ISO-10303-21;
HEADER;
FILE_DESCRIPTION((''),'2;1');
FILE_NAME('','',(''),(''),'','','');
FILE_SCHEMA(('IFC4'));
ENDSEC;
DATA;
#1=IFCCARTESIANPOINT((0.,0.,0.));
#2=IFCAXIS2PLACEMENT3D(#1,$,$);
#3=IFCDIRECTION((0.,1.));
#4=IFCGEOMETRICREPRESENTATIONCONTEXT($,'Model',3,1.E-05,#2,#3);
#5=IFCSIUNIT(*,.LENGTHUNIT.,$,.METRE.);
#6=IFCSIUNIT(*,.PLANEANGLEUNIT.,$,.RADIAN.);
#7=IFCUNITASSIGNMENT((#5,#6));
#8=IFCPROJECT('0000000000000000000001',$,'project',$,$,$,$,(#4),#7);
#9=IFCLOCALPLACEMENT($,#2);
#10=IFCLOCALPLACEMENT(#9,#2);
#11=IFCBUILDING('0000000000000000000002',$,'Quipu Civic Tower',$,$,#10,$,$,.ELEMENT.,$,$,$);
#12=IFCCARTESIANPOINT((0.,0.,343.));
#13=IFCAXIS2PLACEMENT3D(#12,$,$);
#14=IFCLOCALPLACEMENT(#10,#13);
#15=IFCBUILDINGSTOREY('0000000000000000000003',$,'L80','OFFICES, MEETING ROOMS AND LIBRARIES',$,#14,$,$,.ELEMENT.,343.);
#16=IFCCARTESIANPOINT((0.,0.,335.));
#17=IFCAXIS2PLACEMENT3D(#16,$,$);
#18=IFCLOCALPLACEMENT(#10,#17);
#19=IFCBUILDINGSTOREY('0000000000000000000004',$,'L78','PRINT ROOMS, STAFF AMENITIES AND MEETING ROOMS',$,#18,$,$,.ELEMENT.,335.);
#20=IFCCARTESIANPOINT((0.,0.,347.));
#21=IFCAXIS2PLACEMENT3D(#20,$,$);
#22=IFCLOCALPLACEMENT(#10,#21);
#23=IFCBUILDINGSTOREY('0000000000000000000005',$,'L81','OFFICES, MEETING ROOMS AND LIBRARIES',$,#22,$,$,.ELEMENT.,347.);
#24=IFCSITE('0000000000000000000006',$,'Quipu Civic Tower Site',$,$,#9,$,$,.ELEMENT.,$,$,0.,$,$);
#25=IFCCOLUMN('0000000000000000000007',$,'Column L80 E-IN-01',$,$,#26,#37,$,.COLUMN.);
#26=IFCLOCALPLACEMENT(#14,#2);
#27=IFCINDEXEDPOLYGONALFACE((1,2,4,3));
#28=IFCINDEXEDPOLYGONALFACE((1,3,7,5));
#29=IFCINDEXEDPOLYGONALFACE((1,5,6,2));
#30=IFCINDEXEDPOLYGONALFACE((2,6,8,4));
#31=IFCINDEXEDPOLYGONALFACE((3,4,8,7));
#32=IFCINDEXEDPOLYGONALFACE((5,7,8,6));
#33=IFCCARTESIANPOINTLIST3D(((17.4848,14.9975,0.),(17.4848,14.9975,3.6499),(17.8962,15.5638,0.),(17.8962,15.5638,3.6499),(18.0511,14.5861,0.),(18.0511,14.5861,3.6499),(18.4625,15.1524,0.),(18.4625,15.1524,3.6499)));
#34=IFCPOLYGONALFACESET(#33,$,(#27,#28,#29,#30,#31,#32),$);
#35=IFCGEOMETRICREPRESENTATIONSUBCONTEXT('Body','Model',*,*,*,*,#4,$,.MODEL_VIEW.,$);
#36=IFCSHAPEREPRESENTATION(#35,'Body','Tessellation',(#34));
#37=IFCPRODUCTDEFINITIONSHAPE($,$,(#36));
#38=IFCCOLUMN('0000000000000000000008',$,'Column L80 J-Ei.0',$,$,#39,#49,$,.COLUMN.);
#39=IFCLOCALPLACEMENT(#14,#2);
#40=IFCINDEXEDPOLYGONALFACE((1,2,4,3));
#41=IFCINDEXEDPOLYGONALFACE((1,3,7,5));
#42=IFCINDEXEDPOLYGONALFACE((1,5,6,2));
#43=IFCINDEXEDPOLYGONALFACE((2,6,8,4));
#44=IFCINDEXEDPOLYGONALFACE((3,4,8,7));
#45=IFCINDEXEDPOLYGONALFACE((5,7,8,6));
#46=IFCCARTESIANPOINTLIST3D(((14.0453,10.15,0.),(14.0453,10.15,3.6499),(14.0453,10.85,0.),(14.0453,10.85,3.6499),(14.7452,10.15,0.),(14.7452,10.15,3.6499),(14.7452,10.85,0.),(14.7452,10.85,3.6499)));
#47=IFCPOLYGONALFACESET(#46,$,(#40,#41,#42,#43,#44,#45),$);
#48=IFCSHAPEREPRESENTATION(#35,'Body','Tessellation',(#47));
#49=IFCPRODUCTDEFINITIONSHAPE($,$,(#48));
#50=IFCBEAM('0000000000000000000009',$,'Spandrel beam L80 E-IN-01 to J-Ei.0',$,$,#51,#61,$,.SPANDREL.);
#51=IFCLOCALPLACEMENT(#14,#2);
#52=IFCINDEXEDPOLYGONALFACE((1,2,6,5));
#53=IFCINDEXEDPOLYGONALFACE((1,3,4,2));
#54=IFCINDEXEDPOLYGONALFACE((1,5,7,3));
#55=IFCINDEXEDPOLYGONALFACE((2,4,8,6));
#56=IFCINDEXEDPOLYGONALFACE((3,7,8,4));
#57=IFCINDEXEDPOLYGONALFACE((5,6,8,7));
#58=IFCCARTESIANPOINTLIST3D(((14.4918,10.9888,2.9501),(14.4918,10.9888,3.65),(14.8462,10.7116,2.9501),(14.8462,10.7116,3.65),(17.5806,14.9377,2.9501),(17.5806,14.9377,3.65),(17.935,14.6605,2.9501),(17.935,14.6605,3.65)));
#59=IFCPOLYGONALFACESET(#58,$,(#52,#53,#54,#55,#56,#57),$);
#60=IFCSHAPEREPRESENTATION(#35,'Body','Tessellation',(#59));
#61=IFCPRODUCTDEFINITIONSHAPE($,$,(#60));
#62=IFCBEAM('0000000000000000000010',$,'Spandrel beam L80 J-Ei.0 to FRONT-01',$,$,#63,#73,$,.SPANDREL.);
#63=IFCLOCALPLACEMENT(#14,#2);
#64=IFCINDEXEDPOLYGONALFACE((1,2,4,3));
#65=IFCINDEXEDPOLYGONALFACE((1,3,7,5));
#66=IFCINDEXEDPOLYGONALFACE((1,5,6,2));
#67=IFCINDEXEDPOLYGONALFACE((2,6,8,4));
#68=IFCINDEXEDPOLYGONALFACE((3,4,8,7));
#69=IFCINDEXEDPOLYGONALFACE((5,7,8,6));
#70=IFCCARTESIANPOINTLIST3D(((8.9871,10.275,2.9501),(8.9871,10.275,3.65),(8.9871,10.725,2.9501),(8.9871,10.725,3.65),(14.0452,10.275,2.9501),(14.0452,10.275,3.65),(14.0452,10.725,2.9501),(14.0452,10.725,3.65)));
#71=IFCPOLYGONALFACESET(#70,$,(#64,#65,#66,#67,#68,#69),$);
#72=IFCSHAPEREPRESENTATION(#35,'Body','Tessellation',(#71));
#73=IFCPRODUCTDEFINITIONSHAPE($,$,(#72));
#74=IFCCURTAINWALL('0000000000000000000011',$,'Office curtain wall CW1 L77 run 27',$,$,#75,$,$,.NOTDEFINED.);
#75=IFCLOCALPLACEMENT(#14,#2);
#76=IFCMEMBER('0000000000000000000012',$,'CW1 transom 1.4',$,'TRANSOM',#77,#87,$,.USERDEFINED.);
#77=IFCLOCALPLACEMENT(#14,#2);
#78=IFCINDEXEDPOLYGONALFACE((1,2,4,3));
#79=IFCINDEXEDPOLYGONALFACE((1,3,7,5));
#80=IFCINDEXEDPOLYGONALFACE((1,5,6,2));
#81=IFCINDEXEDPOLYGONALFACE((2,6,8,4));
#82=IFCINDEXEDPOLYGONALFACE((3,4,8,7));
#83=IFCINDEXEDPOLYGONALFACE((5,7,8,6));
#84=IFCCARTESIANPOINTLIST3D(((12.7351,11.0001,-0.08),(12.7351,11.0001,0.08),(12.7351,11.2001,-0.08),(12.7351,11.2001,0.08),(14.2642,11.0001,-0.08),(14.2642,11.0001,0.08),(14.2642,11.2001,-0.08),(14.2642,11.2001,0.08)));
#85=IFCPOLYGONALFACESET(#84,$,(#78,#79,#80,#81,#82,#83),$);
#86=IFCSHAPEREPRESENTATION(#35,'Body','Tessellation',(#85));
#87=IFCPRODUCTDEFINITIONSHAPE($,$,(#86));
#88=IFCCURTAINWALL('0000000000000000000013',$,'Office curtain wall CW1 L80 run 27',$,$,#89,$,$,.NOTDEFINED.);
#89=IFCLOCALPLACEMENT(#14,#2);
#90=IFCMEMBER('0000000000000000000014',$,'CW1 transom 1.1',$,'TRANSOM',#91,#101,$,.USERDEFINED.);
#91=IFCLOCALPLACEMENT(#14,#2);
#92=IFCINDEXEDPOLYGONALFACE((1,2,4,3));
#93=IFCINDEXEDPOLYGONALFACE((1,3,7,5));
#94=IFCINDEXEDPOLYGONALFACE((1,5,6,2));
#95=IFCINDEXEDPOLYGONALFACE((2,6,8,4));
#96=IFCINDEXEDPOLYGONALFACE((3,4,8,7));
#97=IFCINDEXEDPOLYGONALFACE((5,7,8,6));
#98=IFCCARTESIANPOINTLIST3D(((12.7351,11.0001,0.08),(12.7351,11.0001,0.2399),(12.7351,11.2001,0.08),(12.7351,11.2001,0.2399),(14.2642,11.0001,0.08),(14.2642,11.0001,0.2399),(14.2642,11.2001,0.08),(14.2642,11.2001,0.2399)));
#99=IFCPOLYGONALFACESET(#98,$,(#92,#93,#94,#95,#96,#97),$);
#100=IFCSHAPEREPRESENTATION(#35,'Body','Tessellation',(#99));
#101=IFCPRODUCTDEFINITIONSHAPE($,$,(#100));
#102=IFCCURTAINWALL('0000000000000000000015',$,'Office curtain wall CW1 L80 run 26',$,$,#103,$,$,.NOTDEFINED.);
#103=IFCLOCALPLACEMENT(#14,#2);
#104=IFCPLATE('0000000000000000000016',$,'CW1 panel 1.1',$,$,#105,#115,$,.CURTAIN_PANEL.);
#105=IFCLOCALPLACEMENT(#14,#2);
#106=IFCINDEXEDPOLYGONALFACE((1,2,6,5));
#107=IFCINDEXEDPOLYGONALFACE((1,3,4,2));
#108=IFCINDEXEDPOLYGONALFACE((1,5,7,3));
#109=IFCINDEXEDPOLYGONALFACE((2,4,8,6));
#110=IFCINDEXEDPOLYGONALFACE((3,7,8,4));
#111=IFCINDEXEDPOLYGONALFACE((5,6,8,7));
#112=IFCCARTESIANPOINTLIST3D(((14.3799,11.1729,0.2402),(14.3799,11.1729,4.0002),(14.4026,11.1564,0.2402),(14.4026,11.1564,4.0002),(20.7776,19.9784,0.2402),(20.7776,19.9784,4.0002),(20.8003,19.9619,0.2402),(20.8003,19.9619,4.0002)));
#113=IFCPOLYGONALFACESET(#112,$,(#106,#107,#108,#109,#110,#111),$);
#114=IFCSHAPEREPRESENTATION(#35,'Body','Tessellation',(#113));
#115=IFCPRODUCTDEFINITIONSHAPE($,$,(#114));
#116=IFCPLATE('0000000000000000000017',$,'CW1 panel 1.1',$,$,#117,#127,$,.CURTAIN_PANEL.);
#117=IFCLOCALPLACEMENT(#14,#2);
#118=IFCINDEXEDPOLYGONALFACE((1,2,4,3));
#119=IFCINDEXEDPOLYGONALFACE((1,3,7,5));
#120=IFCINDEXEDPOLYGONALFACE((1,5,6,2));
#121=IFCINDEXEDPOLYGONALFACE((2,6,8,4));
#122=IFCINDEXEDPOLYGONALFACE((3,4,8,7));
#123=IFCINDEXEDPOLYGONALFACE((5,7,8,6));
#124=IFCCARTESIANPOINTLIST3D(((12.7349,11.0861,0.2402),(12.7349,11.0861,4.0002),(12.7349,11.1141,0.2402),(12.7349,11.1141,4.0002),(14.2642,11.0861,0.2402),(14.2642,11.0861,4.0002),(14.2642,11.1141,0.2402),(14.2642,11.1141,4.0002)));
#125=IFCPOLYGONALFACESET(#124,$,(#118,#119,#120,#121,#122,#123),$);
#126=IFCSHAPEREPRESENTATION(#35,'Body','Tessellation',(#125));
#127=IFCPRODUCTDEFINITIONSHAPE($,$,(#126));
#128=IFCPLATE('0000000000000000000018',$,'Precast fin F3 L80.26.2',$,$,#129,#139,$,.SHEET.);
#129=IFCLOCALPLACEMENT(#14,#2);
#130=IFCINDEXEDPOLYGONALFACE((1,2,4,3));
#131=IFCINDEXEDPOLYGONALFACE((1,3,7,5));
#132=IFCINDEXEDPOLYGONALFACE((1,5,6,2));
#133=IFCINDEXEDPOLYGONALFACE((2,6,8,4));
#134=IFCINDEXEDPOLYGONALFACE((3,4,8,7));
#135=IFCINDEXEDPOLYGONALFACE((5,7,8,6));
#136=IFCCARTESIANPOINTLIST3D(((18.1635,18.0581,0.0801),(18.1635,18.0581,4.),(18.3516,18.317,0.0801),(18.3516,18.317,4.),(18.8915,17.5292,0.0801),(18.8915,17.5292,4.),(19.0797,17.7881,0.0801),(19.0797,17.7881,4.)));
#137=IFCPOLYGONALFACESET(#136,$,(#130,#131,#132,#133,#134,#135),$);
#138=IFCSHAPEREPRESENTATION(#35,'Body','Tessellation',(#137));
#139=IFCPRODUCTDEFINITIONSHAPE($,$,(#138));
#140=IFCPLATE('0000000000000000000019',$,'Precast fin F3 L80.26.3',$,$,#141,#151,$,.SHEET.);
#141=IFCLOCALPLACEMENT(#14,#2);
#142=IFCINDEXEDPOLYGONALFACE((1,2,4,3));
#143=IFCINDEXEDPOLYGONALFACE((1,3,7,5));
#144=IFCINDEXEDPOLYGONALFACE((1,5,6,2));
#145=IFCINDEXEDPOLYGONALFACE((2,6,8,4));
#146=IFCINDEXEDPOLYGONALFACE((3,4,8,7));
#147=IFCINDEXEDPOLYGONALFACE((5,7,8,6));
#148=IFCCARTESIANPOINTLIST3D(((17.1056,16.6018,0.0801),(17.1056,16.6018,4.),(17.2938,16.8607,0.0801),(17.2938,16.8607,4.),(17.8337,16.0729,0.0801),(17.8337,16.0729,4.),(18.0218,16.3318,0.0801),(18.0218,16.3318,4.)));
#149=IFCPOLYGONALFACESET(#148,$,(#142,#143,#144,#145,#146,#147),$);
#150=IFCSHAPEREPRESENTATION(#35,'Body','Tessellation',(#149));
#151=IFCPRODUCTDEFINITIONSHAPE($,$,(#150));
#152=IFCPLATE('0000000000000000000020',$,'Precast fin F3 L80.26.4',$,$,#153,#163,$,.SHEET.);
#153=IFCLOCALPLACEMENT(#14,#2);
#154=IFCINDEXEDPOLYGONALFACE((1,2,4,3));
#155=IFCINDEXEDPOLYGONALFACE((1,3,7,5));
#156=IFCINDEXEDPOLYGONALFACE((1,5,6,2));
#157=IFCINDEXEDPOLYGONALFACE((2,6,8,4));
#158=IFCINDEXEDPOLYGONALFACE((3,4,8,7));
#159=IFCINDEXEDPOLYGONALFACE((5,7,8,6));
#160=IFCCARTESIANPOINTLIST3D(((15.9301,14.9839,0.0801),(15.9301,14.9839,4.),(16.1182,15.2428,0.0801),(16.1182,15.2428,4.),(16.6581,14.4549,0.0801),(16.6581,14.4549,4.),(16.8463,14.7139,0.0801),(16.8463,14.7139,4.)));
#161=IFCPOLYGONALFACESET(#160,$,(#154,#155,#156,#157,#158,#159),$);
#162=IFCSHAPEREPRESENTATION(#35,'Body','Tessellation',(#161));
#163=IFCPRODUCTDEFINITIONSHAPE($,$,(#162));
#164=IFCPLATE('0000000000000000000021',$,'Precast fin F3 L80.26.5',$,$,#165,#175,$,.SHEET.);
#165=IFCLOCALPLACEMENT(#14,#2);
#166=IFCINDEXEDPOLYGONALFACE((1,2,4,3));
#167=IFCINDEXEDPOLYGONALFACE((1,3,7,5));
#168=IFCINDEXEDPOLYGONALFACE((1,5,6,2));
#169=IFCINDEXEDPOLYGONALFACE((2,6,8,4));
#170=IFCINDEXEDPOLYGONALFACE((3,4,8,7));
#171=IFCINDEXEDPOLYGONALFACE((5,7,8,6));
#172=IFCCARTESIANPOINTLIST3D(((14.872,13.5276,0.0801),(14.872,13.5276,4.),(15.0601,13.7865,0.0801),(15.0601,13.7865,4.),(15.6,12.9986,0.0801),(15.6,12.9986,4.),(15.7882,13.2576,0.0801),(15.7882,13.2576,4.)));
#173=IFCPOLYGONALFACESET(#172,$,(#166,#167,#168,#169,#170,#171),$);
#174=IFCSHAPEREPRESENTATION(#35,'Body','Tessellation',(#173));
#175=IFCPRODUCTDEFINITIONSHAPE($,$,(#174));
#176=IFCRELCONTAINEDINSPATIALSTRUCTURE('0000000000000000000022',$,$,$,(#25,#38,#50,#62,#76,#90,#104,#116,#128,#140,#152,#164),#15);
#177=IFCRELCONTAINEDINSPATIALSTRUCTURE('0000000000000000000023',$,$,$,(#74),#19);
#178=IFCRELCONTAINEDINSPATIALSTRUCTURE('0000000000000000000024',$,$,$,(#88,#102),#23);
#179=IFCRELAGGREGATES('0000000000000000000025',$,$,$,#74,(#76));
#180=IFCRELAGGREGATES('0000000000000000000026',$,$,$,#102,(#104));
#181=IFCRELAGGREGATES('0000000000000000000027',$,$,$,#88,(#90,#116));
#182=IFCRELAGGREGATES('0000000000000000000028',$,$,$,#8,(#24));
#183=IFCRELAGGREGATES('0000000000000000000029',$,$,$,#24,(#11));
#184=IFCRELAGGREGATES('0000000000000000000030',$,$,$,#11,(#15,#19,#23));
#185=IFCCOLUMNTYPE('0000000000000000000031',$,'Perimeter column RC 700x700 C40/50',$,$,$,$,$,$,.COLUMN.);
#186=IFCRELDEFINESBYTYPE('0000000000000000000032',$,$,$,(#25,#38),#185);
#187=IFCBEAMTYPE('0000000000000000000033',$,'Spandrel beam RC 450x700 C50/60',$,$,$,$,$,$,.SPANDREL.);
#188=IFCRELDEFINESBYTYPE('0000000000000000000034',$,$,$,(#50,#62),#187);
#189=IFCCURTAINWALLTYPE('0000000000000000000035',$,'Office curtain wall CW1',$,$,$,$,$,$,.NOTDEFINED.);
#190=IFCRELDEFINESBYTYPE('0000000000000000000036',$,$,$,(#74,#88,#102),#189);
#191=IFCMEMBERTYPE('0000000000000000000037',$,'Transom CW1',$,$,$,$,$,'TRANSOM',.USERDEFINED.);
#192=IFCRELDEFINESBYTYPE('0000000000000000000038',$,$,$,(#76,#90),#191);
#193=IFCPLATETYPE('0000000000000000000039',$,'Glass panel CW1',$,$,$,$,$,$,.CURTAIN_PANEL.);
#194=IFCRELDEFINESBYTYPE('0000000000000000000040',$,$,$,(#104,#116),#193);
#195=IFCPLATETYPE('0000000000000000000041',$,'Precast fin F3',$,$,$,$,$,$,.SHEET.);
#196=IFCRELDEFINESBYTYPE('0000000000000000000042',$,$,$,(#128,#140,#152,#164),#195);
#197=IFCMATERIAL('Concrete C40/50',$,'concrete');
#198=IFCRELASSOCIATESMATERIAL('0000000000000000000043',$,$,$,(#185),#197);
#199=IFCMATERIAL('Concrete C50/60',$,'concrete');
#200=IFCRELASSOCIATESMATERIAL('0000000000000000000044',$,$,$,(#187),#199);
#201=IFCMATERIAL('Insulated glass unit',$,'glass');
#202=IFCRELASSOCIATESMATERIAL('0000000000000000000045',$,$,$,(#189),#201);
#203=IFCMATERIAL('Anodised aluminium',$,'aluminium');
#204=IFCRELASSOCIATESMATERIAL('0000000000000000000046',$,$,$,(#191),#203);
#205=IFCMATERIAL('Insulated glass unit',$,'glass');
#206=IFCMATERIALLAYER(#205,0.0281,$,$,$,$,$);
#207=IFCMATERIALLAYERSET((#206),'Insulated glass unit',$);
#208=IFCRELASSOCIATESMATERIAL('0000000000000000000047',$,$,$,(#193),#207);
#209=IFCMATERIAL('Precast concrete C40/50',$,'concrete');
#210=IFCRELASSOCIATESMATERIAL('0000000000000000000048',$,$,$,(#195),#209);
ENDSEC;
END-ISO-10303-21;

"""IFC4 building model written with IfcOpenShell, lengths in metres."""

from ifc_helpers import new_model, si_unit, direction, frame, origin, origin_2d, place, context, subcontext, project, spatial, rectangle, extrude, material, layer, layer_set, material_profile, profile_set, type_object, element, aggregate, save


model = new_model("IFC4")

# Units and contexts
model_context = context("Model", 3, precision=1e-05, world=origin(), true_north=direction((0.0, 1.0)))
body_context = subcontext(model_context, "Body", "Model", "MODEL_VIEW")
ifc_project = project(units=[si_unit("LENGTHUNIT", "METRE"), si_unit("PLANEANGLEUNIT", "RADIAN")], contexts=[model_context])

# Site, building, storey
site_placement = place(None, origin())
site = spatial("IfcSite", under=ifc_project, at=site_placement, Name="Quipu Civic Tower Site", CompositionType="ELEMENT", RefElevation=0.0)
building_placement = place(site_placement, origin())
building = spatial("IfcBuilding", under=site, at=building_placement, Name="Quipu Civic Tower", CompositionType="ELEMENT")
storey_1_placement = place(building_placement, frame((0.0, 0.0, 343.0)))
storey_1 = spatial("IfcBuildingStorey", under=building, at=storey_1_placement, Name="L80", Description="OFFICES, MEETING ROOMS AND LIBRARIES", CompositionType="ELEMENT", Elevation=343.0)

# Columns
ifc_material_1 = material(Name="Concrete C40/50", Category="concrete")
ifc_material_profile_1 = material_profile(ifc_material_1, rectangle(XDim=0.7, YDim=0.7, at=origin_2d()), Name="RC700x700")
ifc_profile_set_1 = profile_set([ifc_material_profile_1], Name="Concrete C40/50")
column_type = type_object("IfcColumnType", Name="Perimeter column RC 700x700 C40/50", PredefinedType="COLUMN", material=ifc_profile_set_1)
for number, where, z_axis, x_axis, name in (
    (1, (17.9736, 15.075, 0.0), (0.0, 0.0, 1.0), (-0.587785, -0.809017, 0.0), "Column L80 E-IN-01"),
    (2, (14.3953, 10.5, 0.0), (0.0, 0.0, 1.0), (-1.0, 0.0, 0.0), "Column L80 J-Ei.0"),
):
    element("IfcColumn", number, at=place(storey_1_placement, frame(where, z_axis=z_axis, x_axis=x_axis)), inside=storey_1, type_object=column_type, Name=name, PredefinedType="COLUMN", context=body_context, shape_type="SweptSolid", body=[
        extrude(rectangle(XDim=0.7, YDim=0.7, at=origin_2d()), origin(), (0.0, 0.0, 1.0), 3.6499),
    ])

# Beams
ifc_material_2 = material(Name="Concrete C50/60", Category="concrete")
ifc_material_profile_2 = material_profile(ifc_material_2, rectangle(XDim=0.45, YDim=0.7, at=origin_2d()), Name="RC450x700")
ifc_profile_set_2 = profile_set([ifc_material_profile_2], Name="Concrete C50/60")
beam_type = type_object("IfcBeamType", Name="Spandrel beam RC 450x700 C50/60", PredefinedType="SPANDREL", material=ifc_profile_set_2)
beam_1_placement = place(storey_1_placement, frame((17.7578, 14.7991, 3.3), z_axis=(-0.616106, -0.787663, 0.0), x_axis=(0.787663, -0.616106, 0.0)))
element("IfcBeam", 3, at=beam_1_placement, inside=storey_1, type_object=beam_type, Name="Spandrel beam L80 E-IN-01 to J-Ei.0", PredefinedType="SPANDREL", context=body_context, shape_type="SweptSolid", body=[
    extrude(rectangle(XDim=0.45, YDim=0.7, at=origin_2d()), origin(), (0.0, 0.0, 1.0), 5.0134),
])
beam_2_placement = place(storey_1_placement, frame((14.0452, 10.5, 3.3), z_axis=(-1.0, 0.0, 0.0), x_axis=(0.0, -1.0, 0.0)))
element("IfcBeam", 4, at=beam_2_placement, inside=storey_1, type_object=beam_type, Name="Spandrel beam L80 J-Ei.0 to FRONT-01", PredefinedType="SPANDREL", context=body_context, shape_type="SweptSolid", body=[
    extrude(rectangle(XDim=0.45, YDim=0.7, at=origin_2d()), origin(), (0.0, 0.0, 1.0), 5.0581),
])

# Shared definitions
storey_2_placement = place(building_placement, frame((0.0, 0.0, 335.0)))
storey_2 = spatial("IfcBuildingStorey", under=building, at=storey_2_placement, Name="L78", Description="PRINT ROOMS, STAFF AMENITIES AND MEETING ROOMS", CompositionType="ELEMENT", Elevation=335.0)

# Curtain wall, member
ifc_material_3 = material(Name="Insulated glass unit", Category="glass")
curtain_wall_type = type_object("IfcCurtainWallType", Name="Office curtain wall CW1", PredefinedType="NOTDEFINED", material=ifc_material_3)
curtain_wall_1_placement = place(storey_2_placement, origin())
curtain_wall_1 = element("IfcCurtainWall", 5, at=curtain_wall_1_placement, inside=storey_2, type_object=curtain_wall_type, Name="Office curtain wall CW1 L77 run 27", PredefinedType="NOTDEFINED")
ifc_material_4 = material(Name="Anodised aluminium", Category="aluminium")
ifc_material_profile_3 = material_profile(ifc_material_4, rectangle(XDim=0.2, YDim=0.1599, at=origin_2d()), Name="RECT 200x160")
ifc_profile_set_3 = profile_set([ifc_material_profile_3], Name="Anodised aluminium")
member_type = type_object("IfcMemberType", Name="Transom CW1", ElementType="TRANSOM", PredefinedType="USERDEFINED", material=ifc_profile_set_3)
member_1_placement = place(storey_1_placement, frame((14.2642, 11.1001, 0.0), z_axis=(-1.0, 0.0, 0.0), x_axis=(0.0, -1.0, 0.0)))
member_1 = element("IfcMember", 6, at=member_1_placement, inside=storey_1, type_object=member_type, Name="CW1 transom 1.4", ObjectType="TRANSOM", PredefinedType="USERDEFINED", context=body_context, shape_type="SweptSolid", body=[
    extrude(rectangle(XDim=0.2, YDim=0.1599, at=origin_2d()), origin(), (0.0, 0.0, 1.0), 1.5291),
])
aggregate(curtain_wall_1, [member_1])

# Shared definitions
storey_3_placement = place(building_placement, frame((0.0, 0.0, 347.0)))
storey_3 = spatial("IfcBuildingStorey", under=building, at=storey_3_placement, Name="L81", Description="OFFICES, MEETING ROOMS AND LIBRARIES", CompositionType="ELEMENT", Elevation=347.0)

# Curtain wall, member
curtain_wall_2_placement = place(storey_3_placement, origin())
curtain_wall_2 = element("IfcCurtainWall", 7, at=curtain_wall_2_placement, inside=storey_3, type_object=curtain_wall_type, Name="Office curtain wall CW1 L80 run 27", PredefinedType="NOTDEFINED")
member_2_placement = place(storey_1_placement, frame((14.2642, 11.1001, 0.1599), z_axis=(-1.0, 0.0, 0.0), x_axis=(0.0, -1.0, 0.0)))
member_2 = element("IfcMember", 8, at=member_2_placement, inside=storey_1, type_object=member_type, Name="CW1 transom 1.1", ObjectType="TRANSOM", PredefinedType="USERDEFINED", context=body_context, shape_type="SweptSolid", body=[
    extrude(rectangle(XDim=0.2, YDim=0.1599, at=origin_2d()), origin(), (0.0, 0.0, 1.0), 1.5291),
])

# Curtain wall, plate
curtain_wall_3_placement = place(storey_3_placement, origin())
curtain_wall_3 = element("IfcCurtainWall", 9, at=curtain_wall_3_placement, inside=storey_3, type_object=curtain_wall_type, Name="Office curtain wall CW1 L80 run 26", PredefinedType="NOTDEFINED")
ifc_material_5 = material(Name="Insulated glass unit", Category="glass")
ifc_layer_1 = layer(ifc_material_5, 0.0281)
ifc_layer_set_1 = layer_set([ifc_layer_1], Name="Insulated glass unit")
plate_type_1 = type_object("IfcPlateType", Name="Glass panel CW1", PredefinedType="CURTAIN_PANEL", material=ifc_layer_set_1)
plate_1_placement = place(storey_1_placement, frame((17.5901, 15.5674, 0.2402), z_axis=(0.0, 0.0, 1.0), x_axis=(-0.587788, -0.809015, 0.0)))
plate_1 = element("IfcPlate", 10, at=plate_1_placement, inside=storey_1, type_object=plate_type_1, Name="CW1 panel 1.1", PredefinedType="CURTAIN_PANEL", context=body_context, shape_type="SweptSolid", body=[
    extrude(rectangle(XDim=10.8843, YDim=0.0281, at=origin_2d()), origin(), (0.0, 0.0, 1.0), 3.76),
])
aggregate(curtain_wall_3, [plate_1])

# Plate
plate_2_placement = place(storey_1_placement, frame((13.4995, 11.1001, 0.2402), z_axis=(0.0, 0.0, 1.0), x_axis=(-1.0, 0.0, 0.0)))
plate_2 = element("IfcPlate", 11, at=plate_2_placement, inside=storey_1, type_object=plate_type_1, Name="CW1 panel 1.1", PredefinedType="CURTAIN_PANEL", context=body_context, shape_type="SweptSolid", body=[
    extrude(rectangle(XDim=1.5293, YDim=0.0281, at=origin_2d()), origin(), (0.0, 0.0, 1.0), 3.76),
])
aggregate(curtain_wall_2, [member_2, plate_2])

# Plates
ifc_material_6 = material(Name="Precast concrete C40/50", Category="concrete")
plate_type_2 = type_object("IfcPlateType", Name="Precast fin F3", PredefinedType="SHEET", material=ifc_material_6)
for number, where, z_axis, x_axis, name in (
    (12, (18.6216, 17.9231, 0.0801), (0.0, 0.0, 1.0), (-0.587784, -0.809018, 0.0), "Precast fin F3 L80.26.2"),
    (13, (17.5637, 16.4668, 0.0801), (0.0, 0.0, 1.0), (-0.587784, -0.809018, 0.0), "Precast fin F3 L80.26.3"),
    (14, (16.3882, 14.8489, 0.0801), (0.0, 0.0, 1.0), (-0.587784, -0.809018, 0.0), "Precast fin F3 L80.26.4"),
    (15, (15.3301, 13.3926, 0.0801), (0.0, 0.0, 1.0), (-0.587784, -0.809018, 0.0), "Precast fin F3 L80.26.5"),
):
    element("IfcPlate", number, at=place(storey_1_placement, frame(where, z_axis=z_axis, x_axis=x_axis)), inside=storey_1, type_object=plate_type_2, Name=name, PredefinedType="SHEET", context=body_context, shape_type="SweptSolid", body=[
        extrude(rectangle(XDim=0.3201, YDim=0.8999, at=origin_2d()), origin(), (0.0, 0.0, 1.0), 3.9199),
    ])

save(model, "model.ifc")
